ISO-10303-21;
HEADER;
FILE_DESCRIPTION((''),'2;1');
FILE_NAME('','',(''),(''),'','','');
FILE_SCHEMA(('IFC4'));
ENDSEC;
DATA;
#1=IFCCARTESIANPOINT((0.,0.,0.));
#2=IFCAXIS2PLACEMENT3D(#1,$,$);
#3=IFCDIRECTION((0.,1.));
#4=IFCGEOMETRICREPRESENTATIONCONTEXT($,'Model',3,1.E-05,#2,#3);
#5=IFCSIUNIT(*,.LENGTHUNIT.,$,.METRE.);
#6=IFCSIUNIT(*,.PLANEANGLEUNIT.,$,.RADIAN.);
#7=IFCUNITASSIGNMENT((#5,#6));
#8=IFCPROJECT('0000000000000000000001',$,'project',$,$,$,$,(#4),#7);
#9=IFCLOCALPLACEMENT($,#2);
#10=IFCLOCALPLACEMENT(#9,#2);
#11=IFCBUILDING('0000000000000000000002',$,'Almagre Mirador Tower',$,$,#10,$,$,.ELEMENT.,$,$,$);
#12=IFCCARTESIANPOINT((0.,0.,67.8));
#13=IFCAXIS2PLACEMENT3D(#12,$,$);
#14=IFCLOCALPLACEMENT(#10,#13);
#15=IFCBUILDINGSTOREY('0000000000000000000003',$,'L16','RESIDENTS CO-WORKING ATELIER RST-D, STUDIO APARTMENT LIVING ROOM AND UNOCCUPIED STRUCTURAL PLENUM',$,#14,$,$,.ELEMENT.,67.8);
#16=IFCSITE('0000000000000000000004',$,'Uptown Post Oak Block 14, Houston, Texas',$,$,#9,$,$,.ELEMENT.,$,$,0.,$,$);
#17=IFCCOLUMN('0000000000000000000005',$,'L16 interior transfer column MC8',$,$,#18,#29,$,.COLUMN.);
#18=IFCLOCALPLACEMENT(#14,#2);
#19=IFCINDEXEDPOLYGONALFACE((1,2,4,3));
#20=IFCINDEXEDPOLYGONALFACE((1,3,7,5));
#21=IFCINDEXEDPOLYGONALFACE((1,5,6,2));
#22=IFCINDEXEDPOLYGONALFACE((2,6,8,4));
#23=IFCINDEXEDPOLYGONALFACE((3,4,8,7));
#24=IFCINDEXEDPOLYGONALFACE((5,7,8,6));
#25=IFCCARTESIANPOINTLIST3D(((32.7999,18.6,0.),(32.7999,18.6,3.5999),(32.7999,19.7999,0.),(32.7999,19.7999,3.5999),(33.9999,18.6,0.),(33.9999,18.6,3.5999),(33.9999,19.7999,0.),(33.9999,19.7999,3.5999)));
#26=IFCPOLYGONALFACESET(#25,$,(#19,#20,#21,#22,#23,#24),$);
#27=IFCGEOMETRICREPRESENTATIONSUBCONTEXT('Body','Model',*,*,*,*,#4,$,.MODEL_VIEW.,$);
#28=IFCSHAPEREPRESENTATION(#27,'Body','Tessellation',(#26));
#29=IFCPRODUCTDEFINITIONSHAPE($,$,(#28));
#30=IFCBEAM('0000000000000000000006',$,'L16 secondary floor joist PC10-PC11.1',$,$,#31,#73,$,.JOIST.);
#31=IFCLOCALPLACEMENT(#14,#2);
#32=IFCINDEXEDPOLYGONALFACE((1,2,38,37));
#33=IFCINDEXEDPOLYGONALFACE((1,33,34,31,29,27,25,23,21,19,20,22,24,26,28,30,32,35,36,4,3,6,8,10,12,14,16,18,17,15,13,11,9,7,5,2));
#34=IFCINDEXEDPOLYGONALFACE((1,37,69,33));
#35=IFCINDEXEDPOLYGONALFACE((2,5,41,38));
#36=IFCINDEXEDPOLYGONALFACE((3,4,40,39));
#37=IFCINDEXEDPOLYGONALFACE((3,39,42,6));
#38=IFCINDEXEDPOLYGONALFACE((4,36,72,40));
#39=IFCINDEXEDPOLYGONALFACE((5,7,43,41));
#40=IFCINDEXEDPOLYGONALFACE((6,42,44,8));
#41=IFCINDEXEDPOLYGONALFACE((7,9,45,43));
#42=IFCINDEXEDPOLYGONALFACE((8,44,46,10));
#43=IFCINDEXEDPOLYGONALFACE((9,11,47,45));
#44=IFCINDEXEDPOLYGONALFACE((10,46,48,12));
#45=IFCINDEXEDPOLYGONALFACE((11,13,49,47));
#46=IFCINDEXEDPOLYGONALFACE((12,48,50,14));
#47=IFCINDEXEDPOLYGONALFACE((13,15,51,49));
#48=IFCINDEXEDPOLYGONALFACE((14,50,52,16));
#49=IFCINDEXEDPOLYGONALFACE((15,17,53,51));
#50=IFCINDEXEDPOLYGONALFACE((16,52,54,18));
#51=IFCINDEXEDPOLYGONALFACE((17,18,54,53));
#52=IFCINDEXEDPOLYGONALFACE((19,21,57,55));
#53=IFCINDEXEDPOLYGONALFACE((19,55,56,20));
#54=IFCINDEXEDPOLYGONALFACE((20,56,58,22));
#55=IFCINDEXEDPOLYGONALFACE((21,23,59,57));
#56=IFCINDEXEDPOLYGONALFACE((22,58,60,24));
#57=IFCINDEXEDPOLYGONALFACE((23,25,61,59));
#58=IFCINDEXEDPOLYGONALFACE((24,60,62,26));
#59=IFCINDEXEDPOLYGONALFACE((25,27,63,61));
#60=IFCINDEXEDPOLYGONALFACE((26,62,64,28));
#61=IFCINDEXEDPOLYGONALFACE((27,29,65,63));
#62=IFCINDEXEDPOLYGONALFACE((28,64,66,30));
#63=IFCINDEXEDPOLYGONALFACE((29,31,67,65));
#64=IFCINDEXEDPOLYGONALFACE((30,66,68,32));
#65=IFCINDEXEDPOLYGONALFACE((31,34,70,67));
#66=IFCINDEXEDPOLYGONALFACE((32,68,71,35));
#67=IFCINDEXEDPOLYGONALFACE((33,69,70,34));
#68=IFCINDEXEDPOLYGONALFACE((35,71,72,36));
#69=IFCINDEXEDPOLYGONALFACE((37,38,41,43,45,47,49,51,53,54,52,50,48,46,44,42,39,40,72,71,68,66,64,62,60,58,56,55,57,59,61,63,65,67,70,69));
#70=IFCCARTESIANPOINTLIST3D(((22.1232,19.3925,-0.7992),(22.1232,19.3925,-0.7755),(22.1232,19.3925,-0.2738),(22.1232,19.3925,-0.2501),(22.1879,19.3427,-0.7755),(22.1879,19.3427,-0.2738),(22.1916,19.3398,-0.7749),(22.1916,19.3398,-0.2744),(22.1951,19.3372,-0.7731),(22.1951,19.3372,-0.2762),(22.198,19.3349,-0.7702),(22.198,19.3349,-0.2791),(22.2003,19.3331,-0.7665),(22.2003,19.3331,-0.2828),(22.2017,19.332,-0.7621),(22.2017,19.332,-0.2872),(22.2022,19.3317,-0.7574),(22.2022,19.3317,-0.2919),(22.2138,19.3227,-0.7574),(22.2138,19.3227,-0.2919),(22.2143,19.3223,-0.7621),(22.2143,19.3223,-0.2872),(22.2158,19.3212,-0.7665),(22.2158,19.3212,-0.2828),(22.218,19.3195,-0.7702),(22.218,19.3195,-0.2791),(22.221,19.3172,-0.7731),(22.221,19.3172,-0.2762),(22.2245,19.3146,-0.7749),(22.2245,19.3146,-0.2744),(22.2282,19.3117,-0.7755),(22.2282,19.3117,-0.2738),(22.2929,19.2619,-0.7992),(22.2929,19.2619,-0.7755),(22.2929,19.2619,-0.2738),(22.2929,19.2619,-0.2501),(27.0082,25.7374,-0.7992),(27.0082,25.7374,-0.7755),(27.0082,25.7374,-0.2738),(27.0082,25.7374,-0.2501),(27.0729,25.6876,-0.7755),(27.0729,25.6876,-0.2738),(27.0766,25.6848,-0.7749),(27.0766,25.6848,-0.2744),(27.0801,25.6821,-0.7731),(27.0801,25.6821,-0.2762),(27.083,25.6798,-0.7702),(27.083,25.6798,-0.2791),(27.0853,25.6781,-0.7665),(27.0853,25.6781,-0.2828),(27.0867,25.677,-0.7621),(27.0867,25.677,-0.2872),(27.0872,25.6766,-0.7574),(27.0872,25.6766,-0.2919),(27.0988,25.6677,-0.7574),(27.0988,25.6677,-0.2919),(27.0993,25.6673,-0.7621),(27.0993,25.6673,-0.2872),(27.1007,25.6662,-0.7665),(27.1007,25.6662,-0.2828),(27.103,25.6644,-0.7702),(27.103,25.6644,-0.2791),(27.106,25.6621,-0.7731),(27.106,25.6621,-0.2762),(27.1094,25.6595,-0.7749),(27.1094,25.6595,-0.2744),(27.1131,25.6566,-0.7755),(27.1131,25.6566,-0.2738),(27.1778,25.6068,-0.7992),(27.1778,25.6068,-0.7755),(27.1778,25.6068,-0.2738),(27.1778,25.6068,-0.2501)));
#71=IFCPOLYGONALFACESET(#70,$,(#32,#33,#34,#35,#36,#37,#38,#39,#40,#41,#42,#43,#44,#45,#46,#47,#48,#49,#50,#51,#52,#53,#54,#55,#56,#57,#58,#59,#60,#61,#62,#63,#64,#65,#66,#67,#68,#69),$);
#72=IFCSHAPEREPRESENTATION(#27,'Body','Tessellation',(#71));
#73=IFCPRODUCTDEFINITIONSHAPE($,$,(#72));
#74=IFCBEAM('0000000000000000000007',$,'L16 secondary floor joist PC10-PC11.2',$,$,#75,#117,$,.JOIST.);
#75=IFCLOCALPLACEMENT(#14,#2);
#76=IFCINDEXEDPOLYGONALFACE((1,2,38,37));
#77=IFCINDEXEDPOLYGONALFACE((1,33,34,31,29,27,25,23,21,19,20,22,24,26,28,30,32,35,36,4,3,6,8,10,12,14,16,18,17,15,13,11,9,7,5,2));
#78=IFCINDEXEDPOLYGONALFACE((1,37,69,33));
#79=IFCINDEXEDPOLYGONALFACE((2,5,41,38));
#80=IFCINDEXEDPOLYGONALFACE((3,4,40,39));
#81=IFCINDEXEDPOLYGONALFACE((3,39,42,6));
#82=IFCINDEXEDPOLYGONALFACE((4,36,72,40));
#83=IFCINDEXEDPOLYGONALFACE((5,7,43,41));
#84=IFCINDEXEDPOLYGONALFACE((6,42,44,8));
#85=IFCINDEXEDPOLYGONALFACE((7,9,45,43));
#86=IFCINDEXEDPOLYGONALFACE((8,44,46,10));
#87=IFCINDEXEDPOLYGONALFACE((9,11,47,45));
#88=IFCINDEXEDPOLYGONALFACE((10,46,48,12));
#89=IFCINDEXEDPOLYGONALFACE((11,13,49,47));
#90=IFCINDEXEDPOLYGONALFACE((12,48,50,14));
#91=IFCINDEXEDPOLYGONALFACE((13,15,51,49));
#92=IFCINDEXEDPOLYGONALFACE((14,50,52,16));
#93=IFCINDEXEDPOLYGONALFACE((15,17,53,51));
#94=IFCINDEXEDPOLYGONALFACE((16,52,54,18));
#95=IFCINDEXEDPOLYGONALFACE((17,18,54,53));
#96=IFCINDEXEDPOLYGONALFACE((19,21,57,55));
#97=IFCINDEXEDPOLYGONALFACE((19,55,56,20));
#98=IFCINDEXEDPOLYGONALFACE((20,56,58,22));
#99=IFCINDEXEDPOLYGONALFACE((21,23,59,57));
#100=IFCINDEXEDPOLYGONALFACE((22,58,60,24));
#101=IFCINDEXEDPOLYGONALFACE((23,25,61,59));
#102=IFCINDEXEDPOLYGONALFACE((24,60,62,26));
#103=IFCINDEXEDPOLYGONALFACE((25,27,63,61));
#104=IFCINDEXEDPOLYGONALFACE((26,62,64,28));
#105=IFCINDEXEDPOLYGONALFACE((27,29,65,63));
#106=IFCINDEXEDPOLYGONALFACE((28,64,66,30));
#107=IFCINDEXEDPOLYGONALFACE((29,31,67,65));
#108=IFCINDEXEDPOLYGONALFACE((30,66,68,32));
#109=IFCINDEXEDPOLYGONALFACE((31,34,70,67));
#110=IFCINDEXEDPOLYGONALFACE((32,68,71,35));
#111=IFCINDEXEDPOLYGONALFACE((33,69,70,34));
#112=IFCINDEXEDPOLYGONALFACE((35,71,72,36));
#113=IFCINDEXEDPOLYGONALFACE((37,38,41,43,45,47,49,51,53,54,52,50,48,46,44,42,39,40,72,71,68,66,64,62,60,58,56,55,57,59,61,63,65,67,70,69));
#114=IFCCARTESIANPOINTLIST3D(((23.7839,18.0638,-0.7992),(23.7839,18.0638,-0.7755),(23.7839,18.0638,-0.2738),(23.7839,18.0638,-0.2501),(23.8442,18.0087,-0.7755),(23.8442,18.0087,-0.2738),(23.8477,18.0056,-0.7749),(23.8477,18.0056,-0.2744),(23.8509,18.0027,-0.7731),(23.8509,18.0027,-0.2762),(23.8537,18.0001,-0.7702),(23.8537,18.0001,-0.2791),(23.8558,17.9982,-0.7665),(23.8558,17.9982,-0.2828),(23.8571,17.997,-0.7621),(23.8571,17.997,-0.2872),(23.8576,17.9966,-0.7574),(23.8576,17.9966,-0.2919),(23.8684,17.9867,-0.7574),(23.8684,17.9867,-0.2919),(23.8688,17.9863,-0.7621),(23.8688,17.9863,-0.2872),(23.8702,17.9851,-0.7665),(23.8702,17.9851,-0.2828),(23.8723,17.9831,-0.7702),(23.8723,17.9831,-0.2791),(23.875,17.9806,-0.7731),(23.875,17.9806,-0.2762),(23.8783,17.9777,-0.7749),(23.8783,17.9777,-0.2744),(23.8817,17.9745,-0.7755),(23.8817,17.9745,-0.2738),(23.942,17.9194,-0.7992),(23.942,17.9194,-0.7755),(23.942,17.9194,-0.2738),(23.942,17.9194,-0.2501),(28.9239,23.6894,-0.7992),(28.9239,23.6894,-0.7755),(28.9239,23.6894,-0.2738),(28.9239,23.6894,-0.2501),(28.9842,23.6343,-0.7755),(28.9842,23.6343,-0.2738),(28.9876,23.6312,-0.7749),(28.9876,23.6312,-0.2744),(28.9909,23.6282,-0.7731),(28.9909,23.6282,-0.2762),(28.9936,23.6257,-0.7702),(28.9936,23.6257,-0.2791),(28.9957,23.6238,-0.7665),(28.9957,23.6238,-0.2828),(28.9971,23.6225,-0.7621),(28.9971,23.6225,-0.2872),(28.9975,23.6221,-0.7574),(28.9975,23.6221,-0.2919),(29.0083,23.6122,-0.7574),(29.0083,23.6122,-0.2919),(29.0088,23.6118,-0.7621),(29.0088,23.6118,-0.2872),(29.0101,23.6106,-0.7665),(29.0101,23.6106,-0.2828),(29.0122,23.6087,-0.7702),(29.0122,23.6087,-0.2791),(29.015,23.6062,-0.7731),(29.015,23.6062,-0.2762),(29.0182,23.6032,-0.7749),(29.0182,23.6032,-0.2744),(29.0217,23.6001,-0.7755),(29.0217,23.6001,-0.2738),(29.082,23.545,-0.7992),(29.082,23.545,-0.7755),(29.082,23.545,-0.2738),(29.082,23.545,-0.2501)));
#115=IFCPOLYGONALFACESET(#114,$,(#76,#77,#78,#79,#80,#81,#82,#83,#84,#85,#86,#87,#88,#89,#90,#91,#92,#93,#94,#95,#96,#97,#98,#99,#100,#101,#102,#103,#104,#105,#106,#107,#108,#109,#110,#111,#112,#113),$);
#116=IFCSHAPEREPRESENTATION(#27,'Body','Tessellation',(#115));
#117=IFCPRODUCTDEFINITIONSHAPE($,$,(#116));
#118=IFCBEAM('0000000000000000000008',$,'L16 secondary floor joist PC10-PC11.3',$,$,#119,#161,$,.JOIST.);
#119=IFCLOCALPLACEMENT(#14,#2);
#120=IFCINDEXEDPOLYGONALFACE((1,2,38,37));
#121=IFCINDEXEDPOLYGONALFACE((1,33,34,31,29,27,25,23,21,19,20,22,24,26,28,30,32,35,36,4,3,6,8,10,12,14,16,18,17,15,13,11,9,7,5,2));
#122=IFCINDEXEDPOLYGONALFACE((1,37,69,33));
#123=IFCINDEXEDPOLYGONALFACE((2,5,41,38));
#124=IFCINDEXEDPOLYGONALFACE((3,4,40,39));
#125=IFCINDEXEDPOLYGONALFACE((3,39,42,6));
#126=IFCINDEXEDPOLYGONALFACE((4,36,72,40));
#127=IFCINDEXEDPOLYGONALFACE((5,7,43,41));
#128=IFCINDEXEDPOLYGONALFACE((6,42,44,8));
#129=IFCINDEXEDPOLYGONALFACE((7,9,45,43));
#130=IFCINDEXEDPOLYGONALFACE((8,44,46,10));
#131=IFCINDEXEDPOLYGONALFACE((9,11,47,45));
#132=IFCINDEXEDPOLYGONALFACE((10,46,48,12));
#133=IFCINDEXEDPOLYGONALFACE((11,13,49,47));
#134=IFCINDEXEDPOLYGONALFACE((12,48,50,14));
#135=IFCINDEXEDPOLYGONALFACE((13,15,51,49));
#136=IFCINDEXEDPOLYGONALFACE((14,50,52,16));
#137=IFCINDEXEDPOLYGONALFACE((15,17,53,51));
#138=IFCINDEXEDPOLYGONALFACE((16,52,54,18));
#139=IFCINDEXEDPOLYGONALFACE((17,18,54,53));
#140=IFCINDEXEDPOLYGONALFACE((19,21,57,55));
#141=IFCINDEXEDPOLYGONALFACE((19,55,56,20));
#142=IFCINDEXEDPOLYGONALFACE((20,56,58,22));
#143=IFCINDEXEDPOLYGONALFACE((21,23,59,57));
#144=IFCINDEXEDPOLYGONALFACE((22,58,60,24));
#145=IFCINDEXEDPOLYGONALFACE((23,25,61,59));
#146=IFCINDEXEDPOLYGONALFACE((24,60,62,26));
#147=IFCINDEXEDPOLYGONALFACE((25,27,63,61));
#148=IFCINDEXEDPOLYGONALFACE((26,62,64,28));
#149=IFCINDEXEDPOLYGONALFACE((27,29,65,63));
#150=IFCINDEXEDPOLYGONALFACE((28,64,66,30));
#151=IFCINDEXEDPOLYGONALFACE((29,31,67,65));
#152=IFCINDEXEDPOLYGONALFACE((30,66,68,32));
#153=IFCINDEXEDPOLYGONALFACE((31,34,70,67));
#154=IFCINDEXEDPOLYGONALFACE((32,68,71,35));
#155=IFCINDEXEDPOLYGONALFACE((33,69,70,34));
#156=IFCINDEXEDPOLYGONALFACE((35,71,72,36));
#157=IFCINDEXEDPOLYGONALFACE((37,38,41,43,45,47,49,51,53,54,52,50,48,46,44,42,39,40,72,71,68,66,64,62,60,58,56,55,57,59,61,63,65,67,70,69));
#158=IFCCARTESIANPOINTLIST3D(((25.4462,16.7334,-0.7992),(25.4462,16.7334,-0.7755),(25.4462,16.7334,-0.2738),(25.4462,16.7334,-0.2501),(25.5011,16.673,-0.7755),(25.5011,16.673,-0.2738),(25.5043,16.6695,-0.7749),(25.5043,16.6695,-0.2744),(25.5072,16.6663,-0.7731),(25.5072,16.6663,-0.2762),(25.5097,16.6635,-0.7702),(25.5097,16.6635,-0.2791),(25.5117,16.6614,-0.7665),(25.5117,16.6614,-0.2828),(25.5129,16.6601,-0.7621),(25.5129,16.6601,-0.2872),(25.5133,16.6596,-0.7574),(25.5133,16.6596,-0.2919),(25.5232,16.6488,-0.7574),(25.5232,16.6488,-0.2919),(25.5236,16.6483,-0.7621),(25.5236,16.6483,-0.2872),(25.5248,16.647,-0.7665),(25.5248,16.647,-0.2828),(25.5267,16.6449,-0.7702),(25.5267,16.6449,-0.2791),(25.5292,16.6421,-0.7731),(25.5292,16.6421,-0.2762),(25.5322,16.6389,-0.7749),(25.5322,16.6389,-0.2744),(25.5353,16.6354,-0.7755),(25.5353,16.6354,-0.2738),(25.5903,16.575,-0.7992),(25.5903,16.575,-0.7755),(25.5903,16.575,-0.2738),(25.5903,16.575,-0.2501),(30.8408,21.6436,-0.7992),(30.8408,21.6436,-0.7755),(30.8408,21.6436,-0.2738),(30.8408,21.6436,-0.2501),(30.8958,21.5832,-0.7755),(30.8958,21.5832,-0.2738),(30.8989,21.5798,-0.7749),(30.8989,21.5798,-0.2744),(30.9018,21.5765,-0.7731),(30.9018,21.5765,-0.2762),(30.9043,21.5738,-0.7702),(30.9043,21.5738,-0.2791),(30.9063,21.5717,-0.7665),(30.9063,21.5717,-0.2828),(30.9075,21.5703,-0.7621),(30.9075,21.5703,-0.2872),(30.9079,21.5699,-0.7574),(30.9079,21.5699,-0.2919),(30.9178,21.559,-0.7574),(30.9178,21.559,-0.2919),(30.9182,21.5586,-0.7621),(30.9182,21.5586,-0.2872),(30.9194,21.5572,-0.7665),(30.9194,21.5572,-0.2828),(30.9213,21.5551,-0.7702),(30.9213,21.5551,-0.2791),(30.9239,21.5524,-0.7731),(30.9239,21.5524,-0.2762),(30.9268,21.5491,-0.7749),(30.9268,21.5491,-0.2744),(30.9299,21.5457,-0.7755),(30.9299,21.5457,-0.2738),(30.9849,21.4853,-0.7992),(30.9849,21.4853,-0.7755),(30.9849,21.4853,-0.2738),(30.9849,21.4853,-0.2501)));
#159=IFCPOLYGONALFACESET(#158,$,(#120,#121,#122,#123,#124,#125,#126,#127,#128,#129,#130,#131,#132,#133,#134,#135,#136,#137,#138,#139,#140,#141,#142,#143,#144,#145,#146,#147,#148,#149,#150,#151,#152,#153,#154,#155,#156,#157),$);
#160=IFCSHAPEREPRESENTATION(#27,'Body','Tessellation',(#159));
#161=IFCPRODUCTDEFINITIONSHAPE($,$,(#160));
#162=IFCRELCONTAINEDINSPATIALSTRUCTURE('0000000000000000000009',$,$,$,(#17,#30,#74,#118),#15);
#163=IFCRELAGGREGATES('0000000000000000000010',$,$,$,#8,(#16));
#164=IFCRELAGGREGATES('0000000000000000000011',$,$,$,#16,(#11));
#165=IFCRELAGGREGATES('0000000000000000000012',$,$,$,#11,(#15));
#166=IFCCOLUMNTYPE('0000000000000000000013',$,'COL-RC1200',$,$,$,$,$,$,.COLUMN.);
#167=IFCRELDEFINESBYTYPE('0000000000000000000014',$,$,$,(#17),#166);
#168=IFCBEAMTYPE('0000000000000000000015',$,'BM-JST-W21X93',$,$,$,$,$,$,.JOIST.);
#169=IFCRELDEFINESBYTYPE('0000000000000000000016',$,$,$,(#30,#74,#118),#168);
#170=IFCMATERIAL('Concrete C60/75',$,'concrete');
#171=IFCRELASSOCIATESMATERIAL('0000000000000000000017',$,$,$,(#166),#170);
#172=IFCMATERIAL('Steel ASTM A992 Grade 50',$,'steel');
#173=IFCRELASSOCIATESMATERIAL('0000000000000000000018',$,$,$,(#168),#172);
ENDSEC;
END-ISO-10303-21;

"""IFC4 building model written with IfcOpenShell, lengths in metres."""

from ifc_helpers import new_model, si_unit, direction, frame, origin, origin_2d, place, context, subcontext, project, spatial, rectangle, i_section, extrude, material, material_profile, profile_set, type_object, element, save


model = new_model("IFC4")

# Units and contexts
model_context = context("Model", 3, precision=1e-05, world=origin(), true_north=direction((0.0, 1.0)))
body_context = subcontext(model_context, "Body", "Model", "MODEL_VIEW")
ifc_project = project(units=[si_unit("LENGTHUNIT", "METRE"), si_unit("PLANEANGLEUNIT", "RADIAN")], contexts=[model_context])

# Site, building, storey
site_placement = place(None, origin())
site = spatial("IfcSite", under=ifc_project, at=site_placement, Name="Uptown Post Oak Block 14, Houston, Texas", CompositionType="ELEMENT", RefElevation=0.0)
building_placement = place(site_placement, origin())
building = spatial("IfcBuilding", under=site, at=building_placement, Name="Almagre Mirador Tower", CompositionType="ELEMENT")
storey_placement = place(building_placement, frame((0.0, 0.0, 67.8)))
storey = spatial("IfcBuildingStorey", under=building, at=storey_placement, Name="L16", Description="RESIDENTS CO-WORKING ATELIER RST-D, STUDIO APARTMENT LIVING ROOM AND UNOCCUPIED STRUCTURAL PLENUM", CompositionType="ELEMENT", Elevation=67.8)

# Column
ifc_material_1 = material(Name="Concrete C60/75", Category="concrete")
ifc_material_profile_1 = material_profile(ifc_material_1, rectangle(XDim=1.2, YDim=1.2, at=origin_2d()), Name="RC1200X1200")
ifc_profile_set_1 = profile_set([ifc_material_profile_1], Name="Concrete C60/75")
column_type = type_object("IfcColumnType", Name="COL-RC1200", PredefinedType="COLUMN", material=ifc_profile_set_1)
column_placement = place(storey_placement, frame((33.3999, 19.2, 0.0), z_axis=(0.0, 0.0, 1.0), x_axis=(1.0, 0.0, 0.0)))
element("IfcColumn", 1, at=column_placement, inside=storey, type_object=column_type, Name="L16 interior transfer column MC8", PredefinedType="COLUMN", context=body_context, shape_type="SweptSolid", body=[
    extrude(rectangle(XDim=1.2, YDim=1.2, at=origin_2d()), origin(), (0.0, 0.0, 1.0), 3.5999),
])

# Beams
ifc_material_2 = material(Name="Steel ASTM A992 Grade 50", Category="steel")
ifc_material_profile_2 = material_profile(ifc_material_2, i_section(OverallWidth=0.2141, OverallDepth=0.5491, WebThickness=0.0146, FlangeThickness=0.0237, FilletRadius=0.0181, at=origin_2d()), Name="W21X93")
ifc_profile_set_2 = profile_set([ifc_material_profile_2], Name="Steel ASTM A992 Grade 50")
beam_type_1 = type_object("IfcBeamType", Name="BM-JST-W21X93", PredefinedType="JOIST", material=ifc_profile_set_2)
beam_1_placement = place(storey_placement, frame((27.093, 25.6721, -0.5247), z_axis=(-0.610045, -0.792367, 0.0), x_axis=(0.792367, -0.610045, 0.0)))
element("IfcBeam", 2, at=beam_1_placement, inside=storey, type_object=beam_type_1, Name="L16 secondary floor joist PC10-PC11.1", PredefinedType="JOIST", context=body_context, shape_type="SweptSolid", body=[
    extrude(i_section(OverallWidth=0.2141, OverallDepth=0.5491, WebThickness=0.0146, FlangeThickness=0.0237, FilletRadius=0.0181, at=origin_2d()), origin(), (0.0, 0.0, 1.0), 8.0076),
])
beam_2_placement = place(storey_placement, frame((29.0029, 23.6172, -0.5247), z_axis=(-0.674525, -0.738252, 0.0), x_axis=(0.738252, -0.674525, 0.0)))
element("IfcBeam", 3, at=beam_2_placement, inside=storey, type_object=beam_type_1, Name="L16 secondary floor joist PC10-PC11.2", PredefinedType="JOIST", context=body_context, shape_type="SweptSolid", body=[
    extrude(i_section(OverallWidth=0.2141, OverallDepth=0.5491, WebThickness=0.0146, FlangeThickness=0.0237, FilletRadius=0.0181, at=origin_2d()), origin(), (0.0, 0.0, 1.0), 7.6201),
])
beam_3_placement = place(storey_placement, frame((30.9128, 21.5645, -0.5247), z_axis=(-0.739528, -0.673126, 0.0), x_axis=(0.673126, -0.739528, 0.0)))
element("IfcBeam", 4, at=beam_3_placement, inside=storey, type_object=beam_type_1, Name="L16 secondary floor joist PC10-PC11.3", PredefinedType="JOIST", context=body_context, shape_type="SweptSolid", body=[
    extrude(i_section(OverallWidth=0.2141, OverallDepth=0.5491, WebThickness=0.0146, FlangeThickness=0.0237, FilletRadius=0.0181, at=origin_2d()), origin(), (0.0, 0.0, 1.0), 7.2947),
])

save(model, "model.ifc")
